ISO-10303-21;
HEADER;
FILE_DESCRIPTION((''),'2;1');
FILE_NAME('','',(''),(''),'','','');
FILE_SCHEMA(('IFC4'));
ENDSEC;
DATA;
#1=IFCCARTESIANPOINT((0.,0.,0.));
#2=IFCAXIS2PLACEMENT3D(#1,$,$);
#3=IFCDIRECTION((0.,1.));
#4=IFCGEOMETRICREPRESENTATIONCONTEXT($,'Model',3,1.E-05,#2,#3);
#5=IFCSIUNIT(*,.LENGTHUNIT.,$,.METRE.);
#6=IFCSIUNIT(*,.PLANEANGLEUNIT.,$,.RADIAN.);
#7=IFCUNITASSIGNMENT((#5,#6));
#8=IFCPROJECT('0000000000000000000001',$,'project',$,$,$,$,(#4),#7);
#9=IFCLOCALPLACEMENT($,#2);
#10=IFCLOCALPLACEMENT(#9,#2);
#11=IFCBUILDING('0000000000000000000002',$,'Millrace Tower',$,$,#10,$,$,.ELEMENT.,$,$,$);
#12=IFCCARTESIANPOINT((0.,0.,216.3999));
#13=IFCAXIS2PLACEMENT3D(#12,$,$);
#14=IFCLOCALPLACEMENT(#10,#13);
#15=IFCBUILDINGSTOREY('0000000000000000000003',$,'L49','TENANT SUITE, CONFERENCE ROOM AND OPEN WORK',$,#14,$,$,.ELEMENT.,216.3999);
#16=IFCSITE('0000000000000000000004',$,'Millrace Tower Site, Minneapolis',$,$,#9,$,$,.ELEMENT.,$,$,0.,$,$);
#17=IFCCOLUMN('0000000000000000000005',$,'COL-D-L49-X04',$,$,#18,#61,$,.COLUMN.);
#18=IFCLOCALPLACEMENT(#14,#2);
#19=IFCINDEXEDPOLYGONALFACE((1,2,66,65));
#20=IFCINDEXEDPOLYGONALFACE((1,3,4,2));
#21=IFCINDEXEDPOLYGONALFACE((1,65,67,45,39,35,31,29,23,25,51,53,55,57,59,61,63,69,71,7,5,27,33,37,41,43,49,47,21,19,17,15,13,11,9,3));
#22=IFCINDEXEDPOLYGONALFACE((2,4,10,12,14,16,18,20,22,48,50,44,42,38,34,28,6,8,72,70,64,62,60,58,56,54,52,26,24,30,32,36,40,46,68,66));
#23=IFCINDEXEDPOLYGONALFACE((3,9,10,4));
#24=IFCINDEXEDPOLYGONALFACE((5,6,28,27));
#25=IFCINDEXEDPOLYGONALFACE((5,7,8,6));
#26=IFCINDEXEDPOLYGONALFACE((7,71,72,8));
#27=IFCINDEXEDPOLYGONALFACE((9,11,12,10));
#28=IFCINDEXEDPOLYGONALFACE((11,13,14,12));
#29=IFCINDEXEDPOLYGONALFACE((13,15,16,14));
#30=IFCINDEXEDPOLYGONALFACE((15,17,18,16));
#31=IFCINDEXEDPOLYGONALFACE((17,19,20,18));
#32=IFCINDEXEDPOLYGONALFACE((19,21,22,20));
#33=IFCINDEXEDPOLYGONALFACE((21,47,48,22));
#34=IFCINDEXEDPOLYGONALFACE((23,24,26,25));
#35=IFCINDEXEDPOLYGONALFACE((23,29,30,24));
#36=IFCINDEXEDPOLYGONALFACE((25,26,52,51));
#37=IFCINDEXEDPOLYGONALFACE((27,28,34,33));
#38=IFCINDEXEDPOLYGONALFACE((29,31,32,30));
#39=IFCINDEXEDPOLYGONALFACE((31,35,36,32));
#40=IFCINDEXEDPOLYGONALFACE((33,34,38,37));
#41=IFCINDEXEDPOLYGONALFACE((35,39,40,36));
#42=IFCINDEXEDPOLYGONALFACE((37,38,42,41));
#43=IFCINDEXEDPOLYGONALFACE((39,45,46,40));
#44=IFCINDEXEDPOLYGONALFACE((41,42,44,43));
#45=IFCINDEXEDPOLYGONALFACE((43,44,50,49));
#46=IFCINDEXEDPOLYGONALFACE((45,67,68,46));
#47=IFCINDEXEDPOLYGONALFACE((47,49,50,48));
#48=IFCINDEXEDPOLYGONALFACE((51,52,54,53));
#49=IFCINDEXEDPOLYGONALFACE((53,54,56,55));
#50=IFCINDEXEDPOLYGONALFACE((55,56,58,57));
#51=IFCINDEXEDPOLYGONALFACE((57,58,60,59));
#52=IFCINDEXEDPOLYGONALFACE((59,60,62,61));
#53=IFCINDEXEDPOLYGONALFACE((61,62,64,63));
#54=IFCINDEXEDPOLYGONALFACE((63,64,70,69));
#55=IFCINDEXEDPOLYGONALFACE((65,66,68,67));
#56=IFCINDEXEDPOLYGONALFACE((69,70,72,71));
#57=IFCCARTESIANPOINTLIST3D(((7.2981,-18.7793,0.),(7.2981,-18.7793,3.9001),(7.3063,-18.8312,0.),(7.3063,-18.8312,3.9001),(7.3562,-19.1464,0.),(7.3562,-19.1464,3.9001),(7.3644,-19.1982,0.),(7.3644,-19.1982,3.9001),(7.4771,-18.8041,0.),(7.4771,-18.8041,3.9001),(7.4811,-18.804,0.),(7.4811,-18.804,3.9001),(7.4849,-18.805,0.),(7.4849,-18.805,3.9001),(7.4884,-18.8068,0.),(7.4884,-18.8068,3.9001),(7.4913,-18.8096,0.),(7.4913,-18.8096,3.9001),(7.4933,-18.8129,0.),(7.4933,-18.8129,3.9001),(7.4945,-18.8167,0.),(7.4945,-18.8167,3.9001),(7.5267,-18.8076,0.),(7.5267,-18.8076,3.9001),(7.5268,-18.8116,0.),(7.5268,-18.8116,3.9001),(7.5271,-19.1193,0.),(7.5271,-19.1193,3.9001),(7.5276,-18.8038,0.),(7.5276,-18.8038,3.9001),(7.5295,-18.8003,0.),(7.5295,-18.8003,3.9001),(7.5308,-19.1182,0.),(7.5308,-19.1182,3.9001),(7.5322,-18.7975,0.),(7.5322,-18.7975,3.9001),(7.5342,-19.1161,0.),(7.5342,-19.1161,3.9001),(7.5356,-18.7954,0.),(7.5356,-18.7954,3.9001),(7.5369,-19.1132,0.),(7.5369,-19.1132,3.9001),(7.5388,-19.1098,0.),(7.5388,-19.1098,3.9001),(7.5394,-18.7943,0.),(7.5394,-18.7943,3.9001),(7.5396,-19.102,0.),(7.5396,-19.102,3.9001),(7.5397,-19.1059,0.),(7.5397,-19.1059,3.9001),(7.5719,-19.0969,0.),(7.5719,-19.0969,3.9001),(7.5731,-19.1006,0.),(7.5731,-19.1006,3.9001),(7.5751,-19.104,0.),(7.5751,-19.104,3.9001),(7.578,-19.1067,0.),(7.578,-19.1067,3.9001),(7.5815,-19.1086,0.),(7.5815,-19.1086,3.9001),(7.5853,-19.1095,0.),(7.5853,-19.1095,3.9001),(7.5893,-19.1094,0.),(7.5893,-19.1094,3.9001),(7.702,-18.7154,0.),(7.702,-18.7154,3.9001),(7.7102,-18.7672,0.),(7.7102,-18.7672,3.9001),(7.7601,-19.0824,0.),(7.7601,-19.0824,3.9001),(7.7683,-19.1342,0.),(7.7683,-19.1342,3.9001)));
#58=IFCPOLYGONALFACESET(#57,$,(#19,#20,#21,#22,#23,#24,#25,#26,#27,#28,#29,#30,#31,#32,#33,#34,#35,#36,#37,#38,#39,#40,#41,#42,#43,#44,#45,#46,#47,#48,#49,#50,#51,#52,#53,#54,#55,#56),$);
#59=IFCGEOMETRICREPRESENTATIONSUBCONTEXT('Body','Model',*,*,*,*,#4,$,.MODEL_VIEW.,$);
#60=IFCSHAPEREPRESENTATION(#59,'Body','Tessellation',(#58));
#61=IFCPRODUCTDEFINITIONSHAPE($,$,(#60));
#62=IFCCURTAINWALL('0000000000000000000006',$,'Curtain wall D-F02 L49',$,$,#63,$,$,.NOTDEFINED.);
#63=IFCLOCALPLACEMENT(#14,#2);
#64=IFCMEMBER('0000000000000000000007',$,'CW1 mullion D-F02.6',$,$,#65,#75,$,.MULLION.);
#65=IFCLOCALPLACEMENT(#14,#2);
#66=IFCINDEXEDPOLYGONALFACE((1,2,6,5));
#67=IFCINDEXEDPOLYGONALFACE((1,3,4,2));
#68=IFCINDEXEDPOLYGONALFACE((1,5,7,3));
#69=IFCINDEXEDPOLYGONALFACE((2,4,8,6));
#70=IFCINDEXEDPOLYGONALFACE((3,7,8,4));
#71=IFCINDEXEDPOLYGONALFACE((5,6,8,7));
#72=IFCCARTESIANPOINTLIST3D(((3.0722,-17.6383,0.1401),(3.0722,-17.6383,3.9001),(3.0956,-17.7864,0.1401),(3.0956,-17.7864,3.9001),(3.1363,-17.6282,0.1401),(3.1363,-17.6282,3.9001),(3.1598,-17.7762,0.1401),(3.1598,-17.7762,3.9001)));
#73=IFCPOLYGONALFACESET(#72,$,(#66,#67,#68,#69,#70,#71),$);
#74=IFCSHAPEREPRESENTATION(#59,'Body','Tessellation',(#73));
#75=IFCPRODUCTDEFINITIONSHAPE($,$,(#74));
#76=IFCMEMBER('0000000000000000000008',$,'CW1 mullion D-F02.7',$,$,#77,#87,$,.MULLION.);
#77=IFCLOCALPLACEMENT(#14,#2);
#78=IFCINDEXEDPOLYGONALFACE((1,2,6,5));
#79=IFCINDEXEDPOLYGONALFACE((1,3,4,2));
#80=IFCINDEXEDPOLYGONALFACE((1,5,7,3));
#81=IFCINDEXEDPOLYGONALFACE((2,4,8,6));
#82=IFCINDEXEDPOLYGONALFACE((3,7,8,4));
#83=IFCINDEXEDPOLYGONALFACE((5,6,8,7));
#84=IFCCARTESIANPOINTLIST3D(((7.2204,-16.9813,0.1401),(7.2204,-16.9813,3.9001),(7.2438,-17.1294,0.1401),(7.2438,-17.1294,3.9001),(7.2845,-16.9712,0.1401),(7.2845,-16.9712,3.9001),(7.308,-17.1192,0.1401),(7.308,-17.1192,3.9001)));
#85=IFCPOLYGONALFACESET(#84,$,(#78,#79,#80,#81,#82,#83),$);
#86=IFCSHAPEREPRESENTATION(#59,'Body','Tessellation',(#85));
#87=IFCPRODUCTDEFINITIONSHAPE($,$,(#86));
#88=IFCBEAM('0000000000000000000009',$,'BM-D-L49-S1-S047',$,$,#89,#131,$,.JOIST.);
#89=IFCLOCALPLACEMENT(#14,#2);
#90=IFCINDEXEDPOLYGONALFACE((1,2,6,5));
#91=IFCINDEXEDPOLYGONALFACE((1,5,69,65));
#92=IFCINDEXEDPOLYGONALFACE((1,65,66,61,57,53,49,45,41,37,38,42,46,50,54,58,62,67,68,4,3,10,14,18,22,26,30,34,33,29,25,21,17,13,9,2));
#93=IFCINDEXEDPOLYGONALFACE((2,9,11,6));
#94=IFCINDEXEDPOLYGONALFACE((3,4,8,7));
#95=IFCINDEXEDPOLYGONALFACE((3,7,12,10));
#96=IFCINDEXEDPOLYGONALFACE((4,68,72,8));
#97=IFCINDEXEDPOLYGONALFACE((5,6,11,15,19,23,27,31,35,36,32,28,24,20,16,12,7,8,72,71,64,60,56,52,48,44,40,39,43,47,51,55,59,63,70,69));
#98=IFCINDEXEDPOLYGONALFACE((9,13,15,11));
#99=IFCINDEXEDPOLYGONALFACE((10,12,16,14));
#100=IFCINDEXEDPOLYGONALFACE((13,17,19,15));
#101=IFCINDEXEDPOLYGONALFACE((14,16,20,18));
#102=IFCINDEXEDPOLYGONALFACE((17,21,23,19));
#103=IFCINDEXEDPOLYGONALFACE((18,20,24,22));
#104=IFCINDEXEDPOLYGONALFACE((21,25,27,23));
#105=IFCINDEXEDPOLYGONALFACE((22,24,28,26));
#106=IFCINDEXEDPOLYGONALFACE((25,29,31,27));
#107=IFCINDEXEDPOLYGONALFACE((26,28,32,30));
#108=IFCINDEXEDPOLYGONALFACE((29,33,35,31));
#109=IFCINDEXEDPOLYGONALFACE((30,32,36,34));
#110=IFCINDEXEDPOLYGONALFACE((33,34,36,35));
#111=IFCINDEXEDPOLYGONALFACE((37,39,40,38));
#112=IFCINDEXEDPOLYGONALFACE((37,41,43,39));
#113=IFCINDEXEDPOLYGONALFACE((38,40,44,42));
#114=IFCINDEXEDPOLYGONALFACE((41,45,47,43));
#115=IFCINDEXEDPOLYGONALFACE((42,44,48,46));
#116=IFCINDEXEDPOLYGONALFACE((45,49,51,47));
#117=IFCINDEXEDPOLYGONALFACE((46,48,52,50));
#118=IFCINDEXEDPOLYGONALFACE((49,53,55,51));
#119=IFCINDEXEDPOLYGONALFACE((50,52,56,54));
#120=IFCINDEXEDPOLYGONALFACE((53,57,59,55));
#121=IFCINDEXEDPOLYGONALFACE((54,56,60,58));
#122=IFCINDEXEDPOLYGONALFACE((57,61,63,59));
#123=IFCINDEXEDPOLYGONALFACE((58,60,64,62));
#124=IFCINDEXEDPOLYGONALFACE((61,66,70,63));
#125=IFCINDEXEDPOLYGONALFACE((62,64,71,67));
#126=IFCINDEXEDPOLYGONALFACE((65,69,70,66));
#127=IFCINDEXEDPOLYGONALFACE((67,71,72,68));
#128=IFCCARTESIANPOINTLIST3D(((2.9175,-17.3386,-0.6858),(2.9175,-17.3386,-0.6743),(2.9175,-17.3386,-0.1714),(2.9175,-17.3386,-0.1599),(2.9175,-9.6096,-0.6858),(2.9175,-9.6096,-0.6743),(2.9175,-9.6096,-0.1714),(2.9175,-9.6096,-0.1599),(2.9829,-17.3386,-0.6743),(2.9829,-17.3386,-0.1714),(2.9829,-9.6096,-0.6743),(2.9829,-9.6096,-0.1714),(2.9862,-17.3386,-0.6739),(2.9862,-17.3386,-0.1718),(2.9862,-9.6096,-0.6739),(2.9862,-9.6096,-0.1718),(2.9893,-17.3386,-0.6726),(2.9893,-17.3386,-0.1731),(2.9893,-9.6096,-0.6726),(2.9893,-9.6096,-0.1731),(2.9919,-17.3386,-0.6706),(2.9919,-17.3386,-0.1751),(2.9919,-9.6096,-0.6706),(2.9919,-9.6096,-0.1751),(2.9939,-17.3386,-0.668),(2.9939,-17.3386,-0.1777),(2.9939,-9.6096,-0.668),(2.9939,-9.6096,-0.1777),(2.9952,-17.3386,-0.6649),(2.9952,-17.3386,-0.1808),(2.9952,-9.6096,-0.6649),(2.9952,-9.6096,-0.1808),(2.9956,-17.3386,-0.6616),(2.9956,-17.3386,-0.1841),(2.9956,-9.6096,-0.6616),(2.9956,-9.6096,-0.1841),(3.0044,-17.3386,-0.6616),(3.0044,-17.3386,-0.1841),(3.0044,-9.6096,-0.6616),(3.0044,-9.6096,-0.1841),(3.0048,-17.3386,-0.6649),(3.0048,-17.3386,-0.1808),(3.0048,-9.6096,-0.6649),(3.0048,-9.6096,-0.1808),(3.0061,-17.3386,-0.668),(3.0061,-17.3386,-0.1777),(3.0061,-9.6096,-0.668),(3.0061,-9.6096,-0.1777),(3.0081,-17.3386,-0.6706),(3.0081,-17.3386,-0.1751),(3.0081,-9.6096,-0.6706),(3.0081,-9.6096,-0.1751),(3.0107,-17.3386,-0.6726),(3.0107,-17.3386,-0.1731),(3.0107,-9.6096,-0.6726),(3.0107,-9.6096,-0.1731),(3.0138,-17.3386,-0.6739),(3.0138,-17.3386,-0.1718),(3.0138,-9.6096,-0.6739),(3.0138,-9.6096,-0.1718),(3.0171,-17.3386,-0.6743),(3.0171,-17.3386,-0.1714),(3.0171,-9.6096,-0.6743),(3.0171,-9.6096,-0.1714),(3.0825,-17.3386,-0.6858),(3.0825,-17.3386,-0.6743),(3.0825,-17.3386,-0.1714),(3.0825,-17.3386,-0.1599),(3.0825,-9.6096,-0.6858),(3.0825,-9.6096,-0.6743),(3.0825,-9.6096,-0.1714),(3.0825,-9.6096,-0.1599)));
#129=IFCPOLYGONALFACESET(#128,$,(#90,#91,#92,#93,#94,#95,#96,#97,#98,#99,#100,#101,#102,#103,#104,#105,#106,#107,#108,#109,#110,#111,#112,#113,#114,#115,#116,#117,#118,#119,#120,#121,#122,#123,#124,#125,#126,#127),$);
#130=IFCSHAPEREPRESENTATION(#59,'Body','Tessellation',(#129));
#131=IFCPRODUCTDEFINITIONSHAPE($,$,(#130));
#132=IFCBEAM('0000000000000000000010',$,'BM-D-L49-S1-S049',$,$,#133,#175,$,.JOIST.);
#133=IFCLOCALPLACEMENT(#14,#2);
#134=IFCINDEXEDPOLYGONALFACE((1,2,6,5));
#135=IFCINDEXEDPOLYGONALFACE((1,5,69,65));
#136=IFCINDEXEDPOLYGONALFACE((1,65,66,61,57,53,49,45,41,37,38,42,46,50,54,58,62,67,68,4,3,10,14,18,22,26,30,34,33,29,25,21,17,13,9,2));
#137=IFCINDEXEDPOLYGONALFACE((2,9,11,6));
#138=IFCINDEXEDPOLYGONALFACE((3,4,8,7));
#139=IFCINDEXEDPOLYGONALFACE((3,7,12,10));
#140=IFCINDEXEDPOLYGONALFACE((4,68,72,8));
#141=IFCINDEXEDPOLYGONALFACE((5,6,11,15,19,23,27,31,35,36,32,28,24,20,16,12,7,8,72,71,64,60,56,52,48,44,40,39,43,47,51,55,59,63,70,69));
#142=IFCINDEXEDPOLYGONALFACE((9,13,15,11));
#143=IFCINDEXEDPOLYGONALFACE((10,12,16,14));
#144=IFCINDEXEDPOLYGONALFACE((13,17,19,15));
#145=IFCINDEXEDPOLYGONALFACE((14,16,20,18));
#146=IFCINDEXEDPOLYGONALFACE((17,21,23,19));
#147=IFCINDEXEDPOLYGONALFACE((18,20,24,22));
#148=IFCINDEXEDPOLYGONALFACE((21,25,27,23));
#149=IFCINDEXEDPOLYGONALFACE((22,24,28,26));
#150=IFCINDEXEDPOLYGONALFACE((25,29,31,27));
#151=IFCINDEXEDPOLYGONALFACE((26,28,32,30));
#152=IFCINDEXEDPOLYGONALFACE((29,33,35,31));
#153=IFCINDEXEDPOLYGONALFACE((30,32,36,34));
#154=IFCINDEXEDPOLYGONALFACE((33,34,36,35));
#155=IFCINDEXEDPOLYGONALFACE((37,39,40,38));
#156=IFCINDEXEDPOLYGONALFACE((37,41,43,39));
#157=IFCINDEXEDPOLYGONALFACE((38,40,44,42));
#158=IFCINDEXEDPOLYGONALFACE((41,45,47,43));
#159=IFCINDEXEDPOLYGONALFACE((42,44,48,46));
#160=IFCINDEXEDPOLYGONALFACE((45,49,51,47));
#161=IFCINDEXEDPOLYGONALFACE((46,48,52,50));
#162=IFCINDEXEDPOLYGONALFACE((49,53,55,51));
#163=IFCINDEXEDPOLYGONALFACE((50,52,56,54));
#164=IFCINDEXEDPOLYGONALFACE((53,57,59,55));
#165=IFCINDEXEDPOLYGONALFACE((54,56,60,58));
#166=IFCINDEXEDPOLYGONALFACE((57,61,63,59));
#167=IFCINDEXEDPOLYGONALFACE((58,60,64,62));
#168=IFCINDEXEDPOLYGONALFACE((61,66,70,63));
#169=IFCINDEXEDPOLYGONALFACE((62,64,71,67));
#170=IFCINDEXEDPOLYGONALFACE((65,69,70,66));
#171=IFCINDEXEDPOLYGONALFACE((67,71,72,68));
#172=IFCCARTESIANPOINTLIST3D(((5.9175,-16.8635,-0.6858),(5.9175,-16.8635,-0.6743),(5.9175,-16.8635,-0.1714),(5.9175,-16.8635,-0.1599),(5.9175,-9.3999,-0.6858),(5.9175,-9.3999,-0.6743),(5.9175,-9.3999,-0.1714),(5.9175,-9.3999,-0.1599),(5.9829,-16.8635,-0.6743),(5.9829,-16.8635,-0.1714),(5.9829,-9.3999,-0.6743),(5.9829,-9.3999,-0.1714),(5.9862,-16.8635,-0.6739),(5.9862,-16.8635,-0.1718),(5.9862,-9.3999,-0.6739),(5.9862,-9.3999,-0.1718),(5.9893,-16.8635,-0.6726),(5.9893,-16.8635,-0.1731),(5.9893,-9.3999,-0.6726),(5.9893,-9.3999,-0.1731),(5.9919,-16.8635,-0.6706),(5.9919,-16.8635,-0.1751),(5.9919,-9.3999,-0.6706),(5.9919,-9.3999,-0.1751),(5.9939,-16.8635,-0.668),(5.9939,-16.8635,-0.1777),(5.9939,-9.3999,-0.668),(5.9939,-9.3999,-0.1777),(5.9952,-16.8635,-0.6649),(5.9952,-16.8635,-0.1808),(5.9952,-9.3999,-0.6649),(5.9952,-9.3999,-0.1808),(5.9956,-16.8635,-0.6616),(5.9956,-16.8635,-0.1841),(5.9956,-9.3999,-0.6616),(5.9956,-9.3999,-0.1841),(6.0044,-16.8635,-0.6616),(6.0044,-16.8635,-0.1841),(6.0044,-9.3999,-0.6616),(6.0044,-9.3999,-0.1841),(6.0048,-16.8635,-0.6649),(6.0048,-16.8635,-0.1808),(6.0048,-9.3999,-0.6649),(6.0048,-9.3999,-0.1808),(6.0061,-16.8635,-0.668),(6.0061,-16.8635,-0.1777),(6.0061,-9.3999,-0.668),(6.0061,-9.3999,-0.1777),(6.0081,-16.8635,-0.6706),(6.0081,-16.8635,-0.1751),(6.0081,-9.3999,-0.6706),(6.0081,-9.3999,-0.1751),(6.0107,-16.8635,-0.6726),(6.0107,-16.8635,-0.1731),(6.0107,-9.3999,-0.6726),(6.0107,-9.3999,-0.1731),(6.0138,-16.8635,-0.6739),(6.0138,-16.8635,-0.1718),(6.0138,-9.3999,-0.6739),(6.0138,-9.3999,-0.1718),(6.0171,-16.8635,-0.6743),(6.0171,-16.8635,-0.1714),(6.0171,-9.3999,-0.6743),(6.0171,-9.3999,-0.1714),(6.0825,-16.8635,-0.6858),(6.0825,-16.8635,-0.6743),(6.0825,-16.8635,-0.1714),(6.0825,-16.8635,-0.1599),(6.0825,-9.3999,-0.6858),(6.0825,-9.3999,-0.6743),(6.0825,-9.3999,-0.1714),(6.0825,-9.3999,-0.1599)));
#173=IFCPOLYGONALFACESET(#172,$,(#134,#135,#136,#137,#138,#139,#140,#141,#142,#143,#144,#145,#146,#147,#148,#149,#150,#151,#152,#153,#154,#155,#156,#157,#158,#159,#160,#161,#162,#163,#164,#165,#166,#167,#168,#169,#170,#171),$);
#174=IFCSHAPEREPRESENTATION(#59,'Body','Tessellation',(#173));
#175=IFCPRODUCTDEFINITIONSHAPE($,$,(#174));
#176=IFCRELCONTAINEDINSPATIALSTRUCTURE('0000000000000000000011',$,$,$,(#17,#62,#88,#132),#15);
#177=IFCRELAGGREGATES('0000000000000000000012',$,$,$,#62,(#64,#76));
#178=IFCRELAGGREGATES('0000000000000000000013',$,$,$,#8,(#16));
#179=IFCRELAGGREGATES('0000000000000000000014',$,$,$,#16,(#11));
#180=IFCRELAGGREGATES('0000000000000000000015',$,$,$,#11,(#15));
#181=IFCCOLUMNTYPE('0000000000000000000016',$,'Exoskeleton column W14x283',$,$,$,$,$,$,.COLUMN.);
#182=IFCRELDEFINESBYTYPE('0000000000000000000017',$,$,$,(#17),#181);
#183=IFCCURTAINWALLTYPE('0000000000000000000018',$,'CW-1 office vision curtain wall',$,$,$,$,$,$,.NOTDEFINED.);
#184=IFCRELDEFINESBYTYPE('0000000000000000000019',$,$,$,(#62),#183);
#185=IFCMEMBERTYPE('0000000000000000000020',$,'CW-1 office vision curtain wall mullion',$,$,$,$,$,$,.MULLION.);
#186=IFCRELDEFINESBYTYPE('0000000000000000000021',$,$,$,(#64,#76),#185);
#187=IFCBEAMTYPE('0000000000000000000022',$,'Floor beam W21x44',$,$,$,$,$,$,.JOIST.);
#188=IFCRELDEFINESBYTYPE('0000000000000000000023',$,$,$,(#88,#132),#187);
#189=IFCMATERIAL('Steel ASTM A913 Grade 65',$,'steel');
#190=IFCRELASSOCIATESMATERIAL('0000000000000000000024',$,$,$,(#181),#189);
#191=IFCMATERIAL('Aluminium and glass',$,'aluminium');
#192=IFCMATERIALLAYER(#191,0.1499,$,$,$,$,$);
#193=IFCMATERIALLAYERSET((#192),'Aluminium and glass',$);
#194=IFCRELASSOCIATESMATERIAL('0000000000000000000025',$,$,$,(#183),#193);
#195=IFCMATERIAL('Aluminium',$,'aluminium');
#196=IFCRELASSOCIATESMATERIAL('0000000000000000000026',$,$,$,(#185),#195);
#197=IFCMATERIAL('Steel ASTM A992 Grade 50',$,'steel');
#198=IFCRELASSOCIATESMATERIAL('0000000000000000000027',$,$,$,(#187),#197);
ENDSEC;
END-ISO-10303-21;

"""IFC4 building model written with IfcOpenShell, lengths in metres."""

from ifc_helpers import new_model, si_unit, direction, frame, origin, origin_2d, place, context, subcontext, project, spatial, rectangle, i_section, extrude, material, layer, layer_set, material_profile, profile_set, type_object, element, aggregate, save


model = new_model("IFC4")

# Units and contexts
model_context = context("Model", 3, precision=1e-05, world=origin(), true_north=direction((0.0, 1.0)))
body_context = subcontext(model_context, "Body", "Model", "MODEL_VIEW")
ifc_project = project(units=[si_unit("LENGTHUNIT", "METRE"), si_unit("PLANEANGLEUNIT", "RADIAN")], contexts=[model_context])

# Site, building, storey
site_placement = place(None, origin())
site = spatial("IfcSite", under=ifc_project, at=site_placement, Name="Millrace Tower Site, Minneapolis", CompositionType="ELEMENT", RefElevation=0.0)
building_placement = place(site_placement, origin())
building = spatial("IfcBuilding", under=site, at=building_placement, Name="Millrace Tower", CompositionType="ELEMENT")
storey_placement = place(building_placement, frame((0.0, 0.0, 216.3999)))
storey = spatial("IfcBuildingStorey", under=building, at=storey_placement, Name="L49", Description="TENANT SUITE, CONFERENCE ROOM AND OPEN WORK", CompositionType="ELEMENT", Elevation=216.3999)

# Column
ifc_material_1 = material(Name="Steel ASTM A913 Grade 65", Category="steel")
ifc_material_profile_1 = material_profile(ifc_material_1, i_section(OverallWidth=0.4089, OverallDepth=0.4241, WebThickness=0.0327, FlangeThickness=0.0525, FilletRadius=0.0151, at=origin_2d()))
ifc_profile_set_1 = profile_set([ifc_material_profile_1], Name="Steel ASTM A913 Grade 65")
column_type = type_object("IfcColumnType", Name="Exoskeleton column W14x283", PredefinedType="COLUMN", material=ifc_profile_set_1)
column_placement = place(storey_placement, frame((7.5332, -18.9568, 0.0), z_axis=(0.0, 0.0, 1.0), x_axis=(0.987688, 0.156434, 0.0)))
element("IfcColumn", 1, at=column_placement, inside=storey, type_object=column_type, Name="COL-D-L49-X04", PredefinedType="COLUMN", context=body_context, shape_type="SweptSolid", body=[
    extrude(i_section(OverallWidth=0.4089, OverallDepth=0.4241, WebThickness=0.0327, FlangeThickness=0.0525, FilletRadius=0.0151, at=origin_2d()), origin(), (0.0, 0.0, 1.0), 3.9001),
])

# Curtain wall, members
ifc_material_2 = material(Name="Aluminium and glass", Category="aluminium")
ifc_layer_1 = layer(ifc_material_2, 0.1499)
ifc_layer_set_1 = layer_set([ifc_layer_1], Name="Aluminium and glass")
curtain_wall_type = type_object("IfcCurtainWallType", Name="CW-1 office vision curtain wall", PredefinedType="NOTDEFINED", material=ifc_layer_set_1)
placement_1 = place(storey_placement, origin())
curtain_wall_1 = element("IfcCurtainWall", 2, at=placement_1, inside=storey, type_object=curtain_wall_type, Name="Curtain wall D-F02 L49", PredefinedType="NOTDEFINED")
ifc_material_3 = material(Name="Aluminium", Category="aluminium")
ifc_material_profile_2 = material_profile(ifc_material_3, rectangle(XDim=0.0649, YDim=0.1499, at=origin_2d()))
ifc_profile_set_2 = profile_set([ifc_material_profile_2], Name="Aluminium")
member_type = type_object("IfcMemberType", Name="CW-1 office vision curtain wall mullion", PredefinedType="MULLION", material=ifc_profile_set_2)
member_1_placement = place(storey_placement, frame((3.116, -17.7073, 0.1401), z_axis=(0.0, 0.0, 1.0), x_axis=(0.987688, 0.156434, 0.0)))
member_1 = element("IfcMember", 3, at=member_1_placement, type_object=member_type, Name="CW1 mullion D-F02.6", PredefinedType="MULLION", context=body_context, shape_type="SweptSolid", body=[
    extrude(rectangle(XDim=0.0649, YDim=0.1499, at=origin_2d()), origin(), (0.0, 0.0, 1.0), 3.76),
])
member_2_placement = place(storey_placement, frame((7.2642, -17.0503, 0.1401), z_axis=(0.0, 0.0, 1.0), x_axis=(0.987688, 0.156434, 0.0)))
member_2 = element("IfcMember", 4, at=member_2_placement, type_object=member_type, Name="CW1 mullion D-F02.7", PredefinedType="MULLION", context=body_context, shape_type="SweptSolid", body=[
    extrude(rectangle(XDim=0.0649, YDim=0.1499, at=origin_2d()), origin(), (0.0, 0.0, 1.0), 3.76),
])
aggregate(curtain_wall_1, [member_1, member_2])

# Beams
ifc_material_4 = material(Name="Steel ASTM A992 Grade 50", Category="steel")
ifc_material_profile_3 = material_profile(ifc_material_4, i_section(OverallWidth=0.165, OverallDepth=0.5259, WebThickness=0.0088, FlangeThickness=0.0115, FilletRadius=0.0127, at=origin_2d()))
ifc_profile_set_3 = profile_set([ifc_material_profile_3], Name="Steel ASTM A992 Grade 50")
beam_type_1 = type_object("IfcBeamType", Name="Floor beam W21x44", PredefinedType="JOIST", material=ifc_profile_set_3)
beam_1_placement = place(storey_placement, frame((3.0, -17.3386, -0.4229), z_axis=(0.0, 1.0, 0.0), x_axis=(-1.0, 0.0, 0.0)))
element("IfcBeam", 5, at=beam_1_placement, inside=storey, type_object=beam_type_1, Name="BM-D-L49-S1-S047", PredefinedType="JOIST", context=body_context, shape_type="SweptSolid", body=[
    extrude(i_section(OverallWidth=0.165, OverallDepth=0.5259, WebThickness=0.0088, FlangeThickness=0.0115, FilletRadius=0.0127, at=origin_2d()), origin(), (0.0, 0.0, 1.0), 7.729),
])
beam_2_placement = place(storey_placement, frame((6.0, -16.8635, -0.4229), z_axis=(0.0, 1.0, 0.0), x_axis=(-1.0, 0.0, 0.0)))
element("IfcBeam", 6, at=beam_2_placement, inside=storey, type_object=beam_type_1, Name="BM-D-L49-S1-S049", PredefinedType="JOIST", context=body_context, shape_type="SweptSolid", body=[
    extrude(i_section(OverallWidth=0.165, OverallDepth=0.5259, WebThickness=0.0088, FlangeThickness=0.0115, FilletRadius=0.0127, at=origin_2d()), origin(), (0.0, 0.0, 1.0), 7.4636),
])

save(model, "model.ifc")
